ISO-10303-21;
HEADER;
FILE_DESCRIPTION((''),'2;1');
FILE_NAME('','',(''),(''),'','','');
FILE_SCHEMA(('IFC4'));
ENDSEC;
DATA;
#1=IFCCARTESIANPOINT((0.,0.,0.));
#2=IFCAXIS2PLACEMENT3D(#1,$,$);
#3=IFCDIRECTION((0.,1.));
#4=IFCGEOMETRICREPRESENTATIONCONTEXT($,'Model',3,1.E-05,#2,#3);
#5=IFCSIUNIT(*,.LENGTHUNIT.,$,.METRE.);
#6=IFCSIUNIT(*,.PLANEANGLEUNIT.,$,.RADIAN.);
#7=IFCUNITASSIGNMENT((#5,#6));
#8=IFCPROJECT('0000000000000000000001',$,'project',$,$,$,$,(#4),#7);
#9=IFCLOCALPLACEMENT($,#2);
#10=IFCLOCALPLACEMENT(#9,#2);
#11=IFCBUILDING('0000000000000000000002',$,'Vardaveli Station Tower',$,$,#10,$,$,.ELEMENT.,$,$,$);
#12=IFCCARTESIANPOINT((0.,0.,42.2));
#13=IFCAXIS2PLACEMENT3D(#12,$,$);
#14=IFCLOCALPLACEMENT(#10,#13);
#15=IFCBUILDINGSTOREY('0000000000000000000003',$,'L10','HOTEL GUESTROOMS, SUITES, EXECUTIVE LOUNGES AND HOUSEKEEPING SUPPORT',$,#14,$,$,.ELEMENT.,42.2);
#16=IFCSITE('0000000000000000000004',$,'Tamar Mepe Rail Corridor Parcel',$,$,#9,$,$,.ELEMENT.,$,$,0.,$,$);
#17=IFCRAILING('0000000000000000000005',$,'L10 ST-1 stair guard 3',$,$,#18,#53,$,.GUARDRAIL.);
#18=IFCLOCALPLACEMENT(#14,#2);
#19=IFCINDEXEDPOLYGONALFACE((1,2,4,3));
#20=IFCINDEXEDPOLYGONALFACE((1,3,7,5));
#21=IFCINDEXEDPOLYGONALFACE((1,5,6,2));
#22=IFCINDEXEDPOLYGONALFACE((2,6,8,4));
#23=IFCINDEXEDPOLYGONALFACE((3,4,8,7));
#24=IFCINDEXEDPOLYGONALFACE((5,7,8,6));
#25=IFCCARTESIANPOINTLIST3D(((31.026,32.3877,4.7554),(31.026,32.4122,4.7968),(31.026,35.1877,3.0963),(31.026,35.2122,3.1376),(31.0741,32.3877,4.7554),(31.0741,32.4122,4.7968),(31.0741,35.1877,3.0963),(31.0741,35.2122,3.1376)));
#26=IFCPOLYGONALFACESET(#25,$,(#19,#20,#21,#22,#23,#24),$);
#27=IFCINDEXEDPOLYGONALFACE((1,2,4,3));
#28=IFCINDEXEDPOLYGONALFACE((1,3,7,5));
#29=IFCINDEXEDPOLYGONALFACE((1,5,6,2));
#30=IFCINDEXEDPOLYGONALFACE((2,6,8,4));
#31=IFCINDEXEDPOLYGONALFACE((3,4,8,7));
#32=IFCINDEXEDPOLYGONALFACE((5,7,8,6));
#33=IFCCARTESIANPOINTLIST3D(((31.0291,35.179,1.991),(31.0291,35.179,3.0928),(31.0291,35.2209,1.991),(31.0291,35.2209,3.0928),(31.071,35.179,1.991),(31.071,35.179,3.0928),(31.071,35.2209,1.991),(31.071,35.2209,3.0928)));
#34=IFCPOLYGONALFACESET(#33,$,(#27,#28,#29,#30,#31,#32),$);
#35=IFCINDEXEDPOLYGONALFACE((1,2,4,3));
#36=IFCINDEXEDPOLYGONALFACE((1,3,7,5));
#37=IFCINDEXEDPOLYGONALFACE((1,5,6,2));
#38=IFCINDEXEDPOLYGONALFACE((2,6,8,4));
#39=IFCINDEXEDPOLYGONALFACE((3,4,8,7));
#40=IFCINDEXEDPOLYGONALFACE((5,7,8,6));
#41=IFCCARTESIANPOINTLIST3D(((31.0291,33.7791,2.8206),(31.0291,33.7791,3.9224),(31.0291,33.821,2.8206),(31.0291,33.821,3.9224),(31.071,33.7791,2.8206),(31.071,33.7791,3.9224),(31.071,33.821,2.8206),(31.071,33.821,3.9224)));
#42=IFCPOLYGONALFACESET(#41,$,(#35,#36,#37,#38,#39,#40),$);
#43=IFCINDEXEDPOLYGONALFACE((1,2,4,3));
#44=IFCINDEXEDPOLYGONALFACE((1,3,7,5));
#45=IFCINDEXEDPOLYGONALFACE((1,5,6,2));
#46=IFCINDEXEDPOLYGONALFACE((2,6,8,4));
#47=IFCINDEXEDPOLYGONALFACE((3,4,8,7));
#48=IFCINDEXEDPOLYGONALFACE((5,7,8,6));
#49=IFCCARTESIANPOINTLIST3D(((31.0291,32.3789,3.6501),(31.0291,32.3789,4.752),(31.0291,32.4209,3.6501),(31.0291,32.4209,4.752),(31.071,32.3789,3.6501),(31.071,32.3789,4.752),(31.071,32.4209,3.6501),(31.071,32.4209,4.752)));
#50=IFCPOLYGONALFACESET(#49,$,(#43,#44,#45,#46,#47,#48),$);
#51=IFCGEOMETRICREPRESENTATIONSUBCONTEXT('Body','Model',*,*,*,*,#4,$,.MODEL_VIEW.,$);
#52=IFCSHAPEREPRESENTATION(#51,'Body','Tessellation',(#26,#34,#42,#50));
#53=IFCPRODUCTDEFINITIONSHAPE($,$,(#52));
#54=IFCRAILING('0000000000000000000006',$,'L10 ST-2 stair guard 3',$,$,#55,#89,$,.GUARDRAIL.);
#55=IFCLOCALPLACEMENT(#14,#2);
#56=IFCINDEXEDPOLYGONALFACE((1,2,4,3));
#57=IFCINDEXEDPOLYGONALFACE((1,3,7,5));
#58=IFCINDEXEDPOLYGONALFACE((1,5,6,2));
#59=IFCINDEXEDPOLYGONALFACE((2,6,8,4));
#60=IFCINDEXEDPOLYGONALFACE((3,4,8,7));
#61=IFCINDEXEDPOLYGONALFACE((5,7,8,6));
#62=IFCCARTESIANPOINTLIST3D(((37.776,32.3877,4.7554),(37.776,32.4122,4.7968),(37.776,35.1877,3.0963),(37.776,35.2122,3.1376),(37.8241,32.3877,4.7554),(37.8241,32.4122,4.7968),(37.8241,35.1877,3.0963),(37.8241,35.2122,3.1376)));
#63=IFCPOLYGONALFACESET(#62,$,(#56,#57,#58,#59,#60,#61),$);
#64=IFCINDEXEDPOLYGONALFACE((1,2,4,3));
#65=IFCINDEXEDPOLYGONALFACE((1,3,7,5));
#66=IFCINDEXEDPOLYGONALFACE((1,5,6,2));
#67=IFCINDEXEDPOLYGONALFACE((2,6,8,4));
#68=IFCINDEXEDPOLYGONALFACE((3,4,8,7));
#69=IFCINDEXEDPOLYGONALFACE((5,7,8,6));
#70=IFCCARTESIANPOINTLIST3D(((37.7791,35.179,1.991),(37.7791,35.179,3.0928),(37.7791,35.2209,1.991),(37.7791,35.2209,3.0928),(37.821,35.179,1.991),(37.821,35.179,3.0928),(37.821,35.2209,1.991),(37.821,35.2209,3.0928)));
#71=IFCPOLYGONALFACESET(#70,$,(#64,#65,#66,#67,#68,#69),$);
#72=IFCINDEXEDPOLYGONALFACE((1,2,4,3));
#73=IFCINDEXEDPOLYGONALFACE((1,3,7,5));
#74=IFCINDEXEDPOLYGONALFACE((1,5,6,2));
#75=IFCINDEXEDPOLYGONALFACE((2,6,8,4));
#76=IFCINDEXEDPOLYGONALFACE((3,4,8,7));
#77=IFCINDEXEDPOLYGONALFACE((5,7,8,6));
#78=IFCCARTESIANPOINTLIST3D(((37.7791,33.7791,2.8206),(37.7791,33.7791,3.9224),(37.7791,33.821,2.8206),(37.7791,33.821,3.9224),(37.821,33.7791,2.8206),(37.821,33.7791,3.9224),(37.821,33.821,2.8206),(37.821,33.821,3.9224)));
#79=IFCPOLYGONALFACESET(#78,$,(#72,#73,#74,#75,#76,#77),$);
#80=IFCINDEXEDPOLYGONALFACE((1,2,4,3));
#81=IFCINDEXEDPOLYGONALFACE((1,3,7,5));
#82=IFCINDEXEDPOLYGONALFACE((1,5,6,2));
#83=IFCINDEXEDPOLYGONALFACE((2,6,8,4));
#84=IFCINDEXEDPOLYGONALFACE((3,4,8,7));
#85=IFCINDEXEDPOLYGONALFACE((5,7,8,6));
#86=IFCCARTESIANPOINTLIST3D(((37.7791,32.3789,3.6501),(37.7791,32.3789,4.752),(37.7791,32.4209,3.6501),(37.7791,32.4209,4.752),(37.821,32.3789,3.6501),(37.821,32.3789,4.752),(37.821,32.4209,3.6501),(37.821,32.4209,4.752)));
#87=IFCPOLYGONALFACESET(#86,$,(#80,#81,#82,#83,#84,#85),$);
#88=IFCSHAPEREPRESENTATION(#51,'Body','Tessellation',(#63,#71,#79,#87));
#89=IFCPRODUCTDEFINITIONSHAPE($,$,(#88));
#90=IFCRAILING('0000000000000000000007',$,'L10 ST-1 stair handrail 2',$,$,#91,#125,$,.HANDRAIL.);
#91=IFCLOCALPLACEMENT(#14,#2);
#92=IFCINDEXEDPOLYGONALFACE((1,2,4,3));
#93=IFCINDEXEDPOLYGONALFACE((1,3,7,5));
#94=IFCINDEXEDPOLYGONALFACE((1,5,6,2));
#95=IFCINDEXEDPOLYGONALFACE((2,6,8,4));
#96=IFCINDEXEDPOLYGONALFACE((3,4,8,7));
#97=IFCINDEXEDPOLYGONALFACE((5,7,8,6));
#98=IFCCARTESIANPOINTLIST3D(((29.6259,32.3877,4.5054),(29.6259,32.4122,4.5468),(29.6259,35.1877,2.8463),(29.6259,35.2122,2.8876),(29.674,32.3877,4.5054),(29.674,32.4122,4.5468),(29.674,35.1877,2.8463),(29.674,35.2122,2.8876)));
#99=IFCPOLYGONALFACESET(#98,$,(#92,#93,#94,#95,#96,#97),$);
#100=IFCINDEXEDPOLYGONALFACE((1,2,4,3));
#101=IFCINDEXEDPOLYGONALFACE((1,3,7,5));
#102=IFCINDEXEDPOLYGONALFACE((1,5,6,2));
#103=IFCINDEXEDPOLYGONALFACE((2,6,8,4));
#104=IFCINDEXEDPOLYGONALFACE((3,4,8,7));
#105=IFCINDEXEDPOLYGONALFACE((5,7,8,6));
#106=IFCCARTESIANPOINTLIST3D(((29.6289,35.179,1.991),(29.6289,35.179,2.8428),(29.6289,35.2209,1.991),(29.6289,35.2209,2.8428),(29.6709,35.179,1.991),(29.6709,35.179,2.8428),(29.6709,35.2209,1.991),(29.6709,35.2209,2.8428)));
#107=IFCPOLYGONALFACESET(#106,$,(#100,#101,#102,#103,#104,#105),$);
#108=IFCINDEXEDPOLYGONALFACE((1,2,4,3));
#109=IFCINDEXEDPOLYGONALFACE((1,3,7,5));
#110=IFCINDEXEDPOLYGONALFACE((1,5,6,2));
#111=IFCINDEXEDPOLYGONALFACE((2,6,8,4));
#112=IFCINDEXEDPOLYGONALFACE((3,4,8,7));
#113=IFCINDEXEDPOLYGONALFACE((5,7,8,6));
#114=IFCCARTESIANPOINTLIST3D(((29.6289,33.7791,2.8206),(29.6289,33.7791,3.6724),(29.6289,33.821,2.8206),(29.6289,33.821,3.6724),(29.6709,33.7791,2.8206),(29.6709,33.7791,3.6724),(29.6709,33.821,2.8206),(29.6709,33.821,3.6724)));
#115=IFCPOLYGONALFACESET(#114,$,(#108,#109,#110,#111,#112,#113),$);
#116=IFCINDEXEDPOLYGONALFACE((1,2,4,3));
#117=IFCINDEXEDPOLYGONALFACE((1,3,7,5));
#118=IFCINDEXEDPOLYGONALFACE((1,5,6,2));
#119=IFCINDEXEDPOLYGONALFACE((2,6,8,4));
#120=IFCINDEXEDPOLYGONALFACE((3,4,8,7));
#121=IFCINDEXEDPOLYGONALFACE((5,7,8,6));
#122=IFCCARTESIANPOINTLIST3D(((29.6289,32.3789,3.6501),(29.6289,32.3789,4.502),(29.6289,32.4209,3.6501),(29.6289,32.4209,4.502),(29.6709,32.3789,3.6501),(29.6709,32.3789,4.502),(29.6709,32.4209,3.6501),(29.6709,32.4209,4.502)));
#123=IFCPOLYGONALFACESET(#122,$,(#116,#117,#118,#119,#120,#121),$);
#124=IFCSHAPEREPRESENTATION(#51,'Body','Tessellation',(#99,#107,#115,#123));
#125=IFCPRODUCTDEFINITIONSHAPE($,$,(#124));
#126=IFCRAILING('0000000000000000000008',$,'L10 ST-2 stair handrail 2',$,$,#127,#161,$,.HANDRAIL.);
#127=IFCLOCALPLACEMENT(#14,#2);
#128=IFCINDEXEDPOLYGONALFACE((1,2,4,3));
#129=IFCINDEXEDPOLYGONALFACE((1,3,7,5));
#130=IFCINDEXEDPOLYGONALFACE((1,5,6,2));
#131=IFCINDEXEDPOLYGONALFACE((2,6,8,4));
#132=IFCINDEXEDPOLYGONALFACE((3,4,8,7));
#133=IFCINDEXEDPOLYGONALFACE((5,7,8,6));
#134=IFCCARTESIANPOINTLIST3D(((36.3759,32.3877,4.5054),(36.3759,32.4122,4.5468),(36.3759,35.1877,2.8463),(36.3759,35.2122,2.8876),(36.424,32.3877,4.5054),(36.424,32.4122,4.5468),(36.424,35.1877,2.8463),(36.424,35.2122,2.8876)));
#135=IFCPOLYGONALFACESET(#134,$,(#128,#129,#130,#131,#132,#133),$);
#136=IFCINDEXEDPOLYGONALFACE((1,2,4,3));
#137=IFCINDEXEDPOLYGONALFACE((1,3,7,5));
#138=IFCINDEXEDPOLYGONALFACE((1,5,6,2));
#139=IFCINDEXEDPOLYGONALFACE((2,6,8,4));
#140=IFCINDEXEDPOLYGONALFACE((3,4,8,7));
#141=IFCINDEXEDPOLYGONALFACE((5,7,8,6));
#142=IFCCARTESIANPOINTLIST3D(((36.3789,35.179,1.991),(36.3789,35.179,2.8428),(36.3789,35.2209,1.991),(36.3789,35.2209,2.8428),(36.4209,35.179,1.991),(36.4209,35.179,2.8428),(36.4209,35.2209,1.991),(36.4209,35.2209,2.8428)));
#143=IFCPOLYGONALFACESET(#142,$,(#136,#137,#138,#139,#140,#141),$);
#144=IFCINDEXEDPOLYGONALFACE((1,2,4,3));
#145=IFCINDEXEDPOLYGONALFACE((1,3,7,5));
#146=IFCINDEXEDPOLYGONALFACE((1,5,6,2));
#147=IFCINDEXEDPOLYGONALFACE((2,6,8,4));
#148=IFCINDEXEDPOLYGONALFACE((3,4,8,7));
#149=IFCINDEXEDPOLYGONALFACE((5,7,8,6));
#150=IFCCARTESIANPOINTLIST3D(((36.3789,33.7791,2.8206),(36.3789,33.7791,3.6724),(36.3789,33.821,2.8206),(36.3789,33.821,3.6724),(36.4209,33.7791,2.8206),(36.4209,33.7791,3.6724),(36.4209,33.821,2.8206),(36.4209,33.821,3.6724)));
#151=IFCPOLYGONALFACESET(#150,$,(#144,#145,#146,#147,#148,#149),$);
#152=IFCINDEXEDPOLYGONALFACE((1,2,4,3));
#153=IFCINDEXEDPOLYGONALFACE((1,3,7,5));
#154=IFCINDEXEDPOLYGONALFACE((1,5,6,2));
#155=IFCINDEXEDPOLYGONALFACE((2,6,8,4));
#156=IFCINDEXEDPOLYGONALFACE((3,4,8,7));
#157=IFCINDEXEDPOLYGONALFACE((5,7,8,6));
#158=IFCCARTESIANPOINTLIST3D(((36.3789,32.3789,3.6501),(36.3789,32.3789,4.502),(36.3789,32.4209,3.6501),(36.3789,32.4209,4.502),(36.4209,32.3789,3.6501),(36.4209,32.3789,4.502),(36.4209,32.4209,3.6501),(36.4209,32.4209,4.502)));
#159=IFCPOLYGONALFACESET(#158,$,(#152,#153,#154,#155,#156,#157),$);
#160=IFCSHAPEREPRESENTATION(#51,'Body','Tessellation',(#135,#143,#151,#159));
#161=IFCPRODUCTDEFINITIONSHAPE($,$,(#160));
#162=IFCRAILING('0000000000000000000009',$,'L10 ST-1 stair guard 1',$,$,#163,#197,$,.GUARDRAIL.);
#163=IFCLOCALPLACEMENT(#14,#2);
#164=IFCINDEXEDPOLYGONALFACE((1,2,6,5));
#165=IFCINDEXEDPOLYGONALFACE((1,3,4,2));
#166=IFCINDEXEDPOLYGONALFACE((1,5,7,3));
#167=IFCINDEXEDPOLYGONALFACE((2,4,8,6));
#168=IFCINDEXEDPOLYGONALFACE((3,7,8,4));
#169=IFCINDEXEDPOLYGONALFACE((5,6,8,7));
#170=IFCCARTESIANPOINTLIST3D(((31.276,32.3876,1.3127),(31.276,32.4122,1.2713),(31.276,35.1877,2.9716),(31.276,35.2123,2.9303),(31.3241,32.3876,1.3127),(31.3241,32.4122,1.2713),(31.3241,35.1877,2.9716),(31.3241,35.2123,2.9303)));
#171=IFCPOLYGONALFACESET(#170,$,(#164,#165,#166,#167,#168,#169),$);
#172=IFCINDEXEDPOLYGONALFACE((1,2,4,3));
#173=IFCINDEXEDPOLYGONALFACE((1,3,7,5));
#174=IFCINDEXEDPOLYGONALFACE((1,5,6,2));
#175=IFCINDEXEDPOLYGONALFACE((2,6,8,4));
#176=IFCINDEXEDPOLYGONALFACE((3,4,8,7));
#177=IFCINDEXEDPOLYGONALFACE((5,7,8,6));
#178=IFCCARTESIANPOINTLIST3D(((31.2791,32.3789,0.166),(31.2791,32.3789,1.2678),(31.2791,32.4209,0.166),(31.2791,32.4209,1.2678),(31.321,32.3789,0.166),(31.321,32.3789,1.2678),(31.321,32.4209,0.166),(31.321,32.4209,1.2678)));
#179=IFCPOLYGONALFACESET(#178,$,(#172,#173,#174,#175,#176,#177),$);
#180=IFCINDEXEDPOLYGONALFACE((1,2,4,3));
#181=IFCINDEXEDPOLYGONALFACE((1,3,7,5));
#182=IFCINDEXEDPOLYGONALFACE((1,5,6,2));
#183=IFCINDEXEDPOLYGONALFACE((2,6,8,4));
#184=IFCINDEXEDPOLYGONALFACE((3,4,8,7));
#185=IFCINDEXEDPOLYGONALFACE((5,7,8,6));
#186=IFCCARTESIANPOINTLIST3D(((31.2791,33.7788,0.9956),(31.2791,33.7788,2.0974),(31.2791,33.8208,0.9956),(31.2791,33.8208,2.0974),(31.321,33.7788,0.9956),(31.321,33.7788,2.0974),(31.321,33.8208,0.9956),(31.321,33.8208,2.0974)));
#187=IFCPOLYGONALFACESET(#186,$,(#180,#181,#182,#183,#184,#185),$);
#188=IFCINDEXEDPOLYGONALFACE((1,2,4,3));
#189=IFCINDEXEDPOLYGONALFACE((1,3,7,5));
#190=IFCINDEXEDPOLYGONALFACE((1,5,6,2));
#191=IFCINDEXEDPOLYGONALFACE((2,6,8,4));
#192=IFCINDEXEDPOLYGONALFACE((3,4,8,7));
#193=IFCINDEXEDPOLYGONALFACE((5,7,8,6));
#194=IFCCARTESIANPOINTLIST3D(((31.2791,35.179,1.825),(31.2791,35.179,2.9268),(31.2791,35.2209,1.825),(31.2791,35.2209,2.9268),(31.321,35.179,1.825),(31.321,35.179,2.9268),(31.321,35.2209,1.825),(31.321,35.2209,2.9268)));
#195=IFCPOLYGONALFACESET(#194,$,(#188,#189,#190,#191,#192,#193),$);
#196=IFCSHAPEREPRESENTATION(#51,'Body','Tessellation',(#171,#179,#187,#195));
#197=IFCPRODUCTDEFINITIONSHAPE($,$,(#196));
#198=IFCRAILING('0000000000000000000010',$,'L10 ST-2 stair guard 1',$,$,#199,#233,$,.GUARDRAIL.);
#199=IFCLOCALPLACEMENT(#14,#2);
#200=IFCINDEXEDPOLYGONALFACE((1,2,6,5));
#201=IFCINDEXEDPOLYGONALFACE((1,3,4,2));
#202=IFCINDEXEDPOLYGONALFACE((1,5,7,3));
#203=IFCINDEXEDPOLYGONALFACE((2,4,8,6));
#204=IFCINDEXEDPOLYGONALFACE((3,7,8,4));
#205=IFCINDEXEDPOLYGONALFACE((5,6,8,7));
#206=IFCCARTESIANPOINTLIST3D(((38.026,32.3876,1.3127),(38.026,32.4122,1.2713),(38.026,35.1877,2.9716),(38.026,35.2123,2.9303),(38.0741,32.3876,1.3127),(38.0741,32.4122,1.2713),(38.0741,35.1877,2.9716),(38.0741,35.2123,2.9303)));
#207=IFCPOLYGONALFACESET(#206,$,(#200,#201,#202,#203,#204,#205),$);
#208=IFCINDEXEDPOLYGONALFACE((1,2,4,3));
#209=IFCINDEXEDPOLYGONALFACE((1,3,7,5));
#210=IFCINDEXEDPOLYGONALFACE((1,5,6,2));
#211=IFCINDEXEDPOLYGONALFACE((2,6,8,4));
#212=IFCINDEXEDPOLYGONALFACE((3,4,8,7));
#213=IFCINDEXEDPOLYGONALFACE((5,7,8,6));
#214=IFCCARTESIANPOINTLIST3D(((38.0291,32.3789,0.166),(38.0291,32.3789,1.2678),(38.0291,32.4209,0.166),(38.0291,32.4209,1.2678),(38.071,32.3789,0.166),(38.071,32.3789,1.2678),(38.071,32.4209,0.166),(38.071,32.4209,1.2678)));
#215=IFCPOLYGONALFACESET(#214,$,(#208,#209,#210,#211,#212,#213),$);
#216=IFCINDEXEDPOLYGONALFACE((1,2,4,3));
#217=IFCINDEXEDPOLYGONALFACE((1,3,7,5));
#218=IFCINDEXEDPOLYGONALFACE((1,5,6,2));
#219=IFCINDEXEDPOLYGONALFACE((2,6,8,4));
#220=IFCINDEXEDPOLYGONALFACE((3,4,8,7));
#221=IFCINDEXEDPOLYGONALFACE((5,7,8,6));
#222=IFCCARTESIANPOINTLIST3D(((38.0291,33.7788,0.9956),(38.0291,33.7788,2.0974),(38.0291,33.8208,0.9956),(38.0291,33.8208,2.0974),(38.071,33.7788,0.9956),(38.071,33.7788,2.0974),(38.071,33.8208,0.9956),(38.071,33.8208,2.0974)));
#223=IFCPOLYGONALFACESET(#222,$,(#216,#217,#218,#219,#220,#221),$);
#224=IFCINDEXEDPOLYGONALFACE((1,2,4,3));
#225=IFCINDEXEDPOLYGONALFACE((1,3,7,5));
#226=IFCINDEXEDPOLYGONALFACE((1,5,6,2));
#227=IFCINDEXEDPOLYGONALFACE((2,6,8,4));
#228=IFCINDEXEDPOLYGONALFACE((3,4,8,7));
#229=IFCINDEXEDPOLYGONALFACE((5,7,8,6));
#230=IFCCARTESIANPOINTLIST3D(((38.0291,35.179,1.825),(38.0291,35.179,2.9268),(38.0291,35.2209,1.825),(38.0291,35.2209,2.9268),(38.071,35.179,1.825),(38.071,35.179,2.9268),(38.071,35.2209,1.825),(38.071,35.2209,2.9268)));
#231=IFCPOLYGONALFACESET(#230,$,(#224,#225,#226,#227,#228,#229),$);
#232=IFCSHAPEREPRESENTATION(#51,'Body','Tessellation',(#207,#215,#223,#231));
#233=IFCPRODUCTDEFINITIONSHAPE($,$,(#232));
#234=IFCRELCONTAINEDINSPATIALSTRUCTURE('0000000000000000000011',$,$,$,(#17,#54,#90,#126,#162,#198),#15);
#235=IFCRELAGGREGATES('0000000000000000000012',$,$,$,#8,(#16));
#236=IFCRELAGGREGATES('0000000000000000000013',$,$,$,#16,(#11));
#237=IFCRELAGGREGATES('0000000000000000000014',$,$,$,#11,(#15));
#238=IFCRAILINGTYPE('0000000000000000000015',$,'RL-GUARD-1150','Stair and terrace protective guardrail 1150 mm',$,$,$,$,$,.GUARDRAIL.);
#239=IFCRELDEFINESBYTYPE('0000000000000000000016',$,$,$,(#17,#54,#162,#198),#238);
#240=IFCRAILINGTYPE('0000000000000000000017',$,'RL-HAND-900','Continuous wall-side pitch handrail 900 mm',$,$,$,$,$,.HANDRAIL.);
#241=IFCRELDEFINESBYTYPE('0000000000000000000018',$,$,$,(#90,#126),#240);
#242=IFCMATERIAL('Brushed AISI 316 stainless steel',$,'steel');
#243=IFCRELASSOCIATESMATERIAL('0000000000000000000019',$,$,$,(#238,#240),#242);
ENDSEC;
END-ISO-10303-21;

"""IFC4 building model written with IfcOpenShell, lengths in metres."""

from ifc_helpers import new_model, si_unit, direction, frame, origin, origin_2d, place, context, subcontext, project, spatial, rectangle, extrude, source, transform, mapped, material, type_object, element, save


model = new_model("IFC4")

# Units and contexts
model_context = context("Model", 3, precision=1e-05, world=origin(), true_north=direction((0.0, 1.0)))
body_context = subcontext(model_context, "Body", "Model", "MODEL_VIEW")
ifc_project = project(units=[si_unit("LENGTHUNIT", "METRE"), si_unit("PLANEANGLEUNIT", "RADIAN")], contexts=[model_context])

# Site, building, storey
site_placement = place(None, origin())
site = spatial("IfcSite", under=ifc_project, at=site_placement, Name="Tamar Mepe Rail Corridor Parcel", CompositionType="ELEMENT", RefElevation=0.0)
building_placement = place(site_placement, origin())
building = spatial("IfcBuilding", under=site, at=building_placement, Name="Vardaveli Station Tower", CompositionType="ELEMENT")
storey_placement = place(building_placement, frame((0.0, 0.0, 42.2)))
storey = spatial("IfcBuildingStorey", under=building, at=storey_placement, Name="L10", Description="HOTEL GUESTROOMS, SUITES, EXECUTIVE LOUNGES AND HOUSEKEEPING SUPPORT", CompositionType="ELEMENT", Elevation=42.2)

# Railings
ifc_material_1 = material(Name="Brushed AISI 316 stainless steel", Category="steel")
railing_type_1 = type_object("IfcRailingType", Name="RL-GUARD-1150", Description="Stair and terrace protective guardrail 1150 mm", PredefinedType="GUARDRAIL", material=ifc_material_1)
shared_shape_1 = source(origin(), body_context, "Body", "SweptSolid", [
    extrude(rectangle(XDim=0.0481, YDim=0.0481, at=origin_2d()), frame((0.0, 0.0, 1.126), z_axis=(0.0, -0.860306, 0.509778), x_axis=(1.0, 0.0, 0.0)), (0.0, 0.0, 1.0), 3.2546),
    extrude(rectangle(XDim=0.042, YDim=0.042, at=origin_2d()), origin(), (0.0, 0.0, 1.0), 1.1018),
    extrude(rectangle(XDim=0.042, YDim=0.042, at=origin_2d()), frame((0.0, -1.3999, 0.8296)), (0.0, 0.0, 1.0), 1.1018),
    extrude(rectangle(XDim=0.042, YDim=0.042, at=origin_2d()), frame((0.0, -2.8, 1.6592)), (0.0, 0.0, 1.0), 1.1018),
])
for number, where, name in (
    (1, (31.05, 35.2, 1.991), "L10 ST-1 stair guard 3"),
    (2, (37.8, 35.2, 1.991), "L10 ST-2 stair guard 3"),
):
    element("IfcRailing", number, at=place(storey_placement, frame(where)), inside=storey, type_object=railing_type_1, Name=name, PredefinedType="GUARDRAIL", context=body_context, shape_type="MappedRepresentation", body=[
        mapped(shared_shape_1, transform((0.0, 0.0, 0.0), scale=1.0)),
    ])
railing_type_2 = type_object("IfcRailingType", Name="RL-HAND-900", Description="Continuous wall-side pitch handrail 900 mm", PredefinedType="HANDRAIL", material=ifc_material_1)
shared_shape_2 = source(origin(), body_context, "Body", "SweptSolid", [
    extrude(rectangle(XDim=0.0481, YDim=0.0481, at=origin_2d()), frame((0.0, 0.0, 0.876), z_axis=(0.0, -0.860306, 0.509778), x_axis=(1.0, 0.0, 0.0)), (0.0, 0.0, 1.0), 3.2546),
    extrude(rectangle(XDim=0.042, YDim=0.042, at=origin_2d()), origin(), (0.0, 0.0, 1.0), 0.8518),
    extrude(rectangle(XDim=0.042, YDim=0.042, at=origin_2d()), frame((0.0, -1.3999, 0.8296)), (0.0, 0.0, 1.0), 0.8518),
    extrude(rectangle(XDim=0.042, YDim=0.042, at=origin_2d()), frame((0.0, -2.8, 1.6592)), (0.0, 0.0, 1.0), 0.8518),
])
for number, where, name in (
    (3, (29.6499, 35.2, 1.991), "L10 ST-1 stair handrail 2"),
    (4, (36.3999, 35.2, 1.991), "L10 ST-2 stair handrail 2"),
):
    element("IfcRailing", number, at=place(storey_placement, frame(where)), inside=storey, type_object=railing_type_2, Name=name, PredefinedType="HANDRAIL", context=body_context, shape_type="MappedRepresentation", body=[
        mapped(shared_shape_2, transform((0.0, 0.0, 0.0), scale=1.0)),
    ])
shared_shape_3 = source(origin(), body_context, "Body", "SweptSolid", [
    extrude(rectangle(XDim=0.0481, YDim=0.0481, at=origin_2d()), frame((0.0, 0.0, 1.126), z_axis=(0.0, 0.860339, 0.509722), x_axis=(-1.0, 0.0, 0.0)), (0.0, 0.0, 1.0), 3.2546),
    extrude(rectangle(XDim=0.042, YDim=0.042, at=origin_2d()), origin(), (0.0, 0.0, 1.0), 1.1018),
    extrude(rectangle(XDim=0.042, YDim=0.042, at=origin_2d()), frame((0.0, 1.3999, 0.8296)), (0.0, 0.0, 1.0), 1.1018),
    extrude(rectangle(XDim=0.042, YDim=0.042, at=origin_2d()), frame((0.0, 2.8, 1.6589)), (0.0, 0.0, 1.0), 1.1018),
])
for number, where, name in (
    (5, (31.3, 32.3999, 0.166), "L10 ST-1 stair guard 1"),
    (6, (38.05, 32.3999, 0.166), "L10 ST-2 stair guard 1"),
):
    element("IfcRailing", number, at=place(storey_placement, frame(where)), inside=storey, type_object=railing_type_1, Name=name, PredefinedType="GUARDRAIL", context=body_context, shape_type="MappedRepresentation", body=[
        mapped(shared_shape_3, transform((0.0, 0.0, 0.0), scale=1.0)),
    ])

save(model, "model.ifc")
